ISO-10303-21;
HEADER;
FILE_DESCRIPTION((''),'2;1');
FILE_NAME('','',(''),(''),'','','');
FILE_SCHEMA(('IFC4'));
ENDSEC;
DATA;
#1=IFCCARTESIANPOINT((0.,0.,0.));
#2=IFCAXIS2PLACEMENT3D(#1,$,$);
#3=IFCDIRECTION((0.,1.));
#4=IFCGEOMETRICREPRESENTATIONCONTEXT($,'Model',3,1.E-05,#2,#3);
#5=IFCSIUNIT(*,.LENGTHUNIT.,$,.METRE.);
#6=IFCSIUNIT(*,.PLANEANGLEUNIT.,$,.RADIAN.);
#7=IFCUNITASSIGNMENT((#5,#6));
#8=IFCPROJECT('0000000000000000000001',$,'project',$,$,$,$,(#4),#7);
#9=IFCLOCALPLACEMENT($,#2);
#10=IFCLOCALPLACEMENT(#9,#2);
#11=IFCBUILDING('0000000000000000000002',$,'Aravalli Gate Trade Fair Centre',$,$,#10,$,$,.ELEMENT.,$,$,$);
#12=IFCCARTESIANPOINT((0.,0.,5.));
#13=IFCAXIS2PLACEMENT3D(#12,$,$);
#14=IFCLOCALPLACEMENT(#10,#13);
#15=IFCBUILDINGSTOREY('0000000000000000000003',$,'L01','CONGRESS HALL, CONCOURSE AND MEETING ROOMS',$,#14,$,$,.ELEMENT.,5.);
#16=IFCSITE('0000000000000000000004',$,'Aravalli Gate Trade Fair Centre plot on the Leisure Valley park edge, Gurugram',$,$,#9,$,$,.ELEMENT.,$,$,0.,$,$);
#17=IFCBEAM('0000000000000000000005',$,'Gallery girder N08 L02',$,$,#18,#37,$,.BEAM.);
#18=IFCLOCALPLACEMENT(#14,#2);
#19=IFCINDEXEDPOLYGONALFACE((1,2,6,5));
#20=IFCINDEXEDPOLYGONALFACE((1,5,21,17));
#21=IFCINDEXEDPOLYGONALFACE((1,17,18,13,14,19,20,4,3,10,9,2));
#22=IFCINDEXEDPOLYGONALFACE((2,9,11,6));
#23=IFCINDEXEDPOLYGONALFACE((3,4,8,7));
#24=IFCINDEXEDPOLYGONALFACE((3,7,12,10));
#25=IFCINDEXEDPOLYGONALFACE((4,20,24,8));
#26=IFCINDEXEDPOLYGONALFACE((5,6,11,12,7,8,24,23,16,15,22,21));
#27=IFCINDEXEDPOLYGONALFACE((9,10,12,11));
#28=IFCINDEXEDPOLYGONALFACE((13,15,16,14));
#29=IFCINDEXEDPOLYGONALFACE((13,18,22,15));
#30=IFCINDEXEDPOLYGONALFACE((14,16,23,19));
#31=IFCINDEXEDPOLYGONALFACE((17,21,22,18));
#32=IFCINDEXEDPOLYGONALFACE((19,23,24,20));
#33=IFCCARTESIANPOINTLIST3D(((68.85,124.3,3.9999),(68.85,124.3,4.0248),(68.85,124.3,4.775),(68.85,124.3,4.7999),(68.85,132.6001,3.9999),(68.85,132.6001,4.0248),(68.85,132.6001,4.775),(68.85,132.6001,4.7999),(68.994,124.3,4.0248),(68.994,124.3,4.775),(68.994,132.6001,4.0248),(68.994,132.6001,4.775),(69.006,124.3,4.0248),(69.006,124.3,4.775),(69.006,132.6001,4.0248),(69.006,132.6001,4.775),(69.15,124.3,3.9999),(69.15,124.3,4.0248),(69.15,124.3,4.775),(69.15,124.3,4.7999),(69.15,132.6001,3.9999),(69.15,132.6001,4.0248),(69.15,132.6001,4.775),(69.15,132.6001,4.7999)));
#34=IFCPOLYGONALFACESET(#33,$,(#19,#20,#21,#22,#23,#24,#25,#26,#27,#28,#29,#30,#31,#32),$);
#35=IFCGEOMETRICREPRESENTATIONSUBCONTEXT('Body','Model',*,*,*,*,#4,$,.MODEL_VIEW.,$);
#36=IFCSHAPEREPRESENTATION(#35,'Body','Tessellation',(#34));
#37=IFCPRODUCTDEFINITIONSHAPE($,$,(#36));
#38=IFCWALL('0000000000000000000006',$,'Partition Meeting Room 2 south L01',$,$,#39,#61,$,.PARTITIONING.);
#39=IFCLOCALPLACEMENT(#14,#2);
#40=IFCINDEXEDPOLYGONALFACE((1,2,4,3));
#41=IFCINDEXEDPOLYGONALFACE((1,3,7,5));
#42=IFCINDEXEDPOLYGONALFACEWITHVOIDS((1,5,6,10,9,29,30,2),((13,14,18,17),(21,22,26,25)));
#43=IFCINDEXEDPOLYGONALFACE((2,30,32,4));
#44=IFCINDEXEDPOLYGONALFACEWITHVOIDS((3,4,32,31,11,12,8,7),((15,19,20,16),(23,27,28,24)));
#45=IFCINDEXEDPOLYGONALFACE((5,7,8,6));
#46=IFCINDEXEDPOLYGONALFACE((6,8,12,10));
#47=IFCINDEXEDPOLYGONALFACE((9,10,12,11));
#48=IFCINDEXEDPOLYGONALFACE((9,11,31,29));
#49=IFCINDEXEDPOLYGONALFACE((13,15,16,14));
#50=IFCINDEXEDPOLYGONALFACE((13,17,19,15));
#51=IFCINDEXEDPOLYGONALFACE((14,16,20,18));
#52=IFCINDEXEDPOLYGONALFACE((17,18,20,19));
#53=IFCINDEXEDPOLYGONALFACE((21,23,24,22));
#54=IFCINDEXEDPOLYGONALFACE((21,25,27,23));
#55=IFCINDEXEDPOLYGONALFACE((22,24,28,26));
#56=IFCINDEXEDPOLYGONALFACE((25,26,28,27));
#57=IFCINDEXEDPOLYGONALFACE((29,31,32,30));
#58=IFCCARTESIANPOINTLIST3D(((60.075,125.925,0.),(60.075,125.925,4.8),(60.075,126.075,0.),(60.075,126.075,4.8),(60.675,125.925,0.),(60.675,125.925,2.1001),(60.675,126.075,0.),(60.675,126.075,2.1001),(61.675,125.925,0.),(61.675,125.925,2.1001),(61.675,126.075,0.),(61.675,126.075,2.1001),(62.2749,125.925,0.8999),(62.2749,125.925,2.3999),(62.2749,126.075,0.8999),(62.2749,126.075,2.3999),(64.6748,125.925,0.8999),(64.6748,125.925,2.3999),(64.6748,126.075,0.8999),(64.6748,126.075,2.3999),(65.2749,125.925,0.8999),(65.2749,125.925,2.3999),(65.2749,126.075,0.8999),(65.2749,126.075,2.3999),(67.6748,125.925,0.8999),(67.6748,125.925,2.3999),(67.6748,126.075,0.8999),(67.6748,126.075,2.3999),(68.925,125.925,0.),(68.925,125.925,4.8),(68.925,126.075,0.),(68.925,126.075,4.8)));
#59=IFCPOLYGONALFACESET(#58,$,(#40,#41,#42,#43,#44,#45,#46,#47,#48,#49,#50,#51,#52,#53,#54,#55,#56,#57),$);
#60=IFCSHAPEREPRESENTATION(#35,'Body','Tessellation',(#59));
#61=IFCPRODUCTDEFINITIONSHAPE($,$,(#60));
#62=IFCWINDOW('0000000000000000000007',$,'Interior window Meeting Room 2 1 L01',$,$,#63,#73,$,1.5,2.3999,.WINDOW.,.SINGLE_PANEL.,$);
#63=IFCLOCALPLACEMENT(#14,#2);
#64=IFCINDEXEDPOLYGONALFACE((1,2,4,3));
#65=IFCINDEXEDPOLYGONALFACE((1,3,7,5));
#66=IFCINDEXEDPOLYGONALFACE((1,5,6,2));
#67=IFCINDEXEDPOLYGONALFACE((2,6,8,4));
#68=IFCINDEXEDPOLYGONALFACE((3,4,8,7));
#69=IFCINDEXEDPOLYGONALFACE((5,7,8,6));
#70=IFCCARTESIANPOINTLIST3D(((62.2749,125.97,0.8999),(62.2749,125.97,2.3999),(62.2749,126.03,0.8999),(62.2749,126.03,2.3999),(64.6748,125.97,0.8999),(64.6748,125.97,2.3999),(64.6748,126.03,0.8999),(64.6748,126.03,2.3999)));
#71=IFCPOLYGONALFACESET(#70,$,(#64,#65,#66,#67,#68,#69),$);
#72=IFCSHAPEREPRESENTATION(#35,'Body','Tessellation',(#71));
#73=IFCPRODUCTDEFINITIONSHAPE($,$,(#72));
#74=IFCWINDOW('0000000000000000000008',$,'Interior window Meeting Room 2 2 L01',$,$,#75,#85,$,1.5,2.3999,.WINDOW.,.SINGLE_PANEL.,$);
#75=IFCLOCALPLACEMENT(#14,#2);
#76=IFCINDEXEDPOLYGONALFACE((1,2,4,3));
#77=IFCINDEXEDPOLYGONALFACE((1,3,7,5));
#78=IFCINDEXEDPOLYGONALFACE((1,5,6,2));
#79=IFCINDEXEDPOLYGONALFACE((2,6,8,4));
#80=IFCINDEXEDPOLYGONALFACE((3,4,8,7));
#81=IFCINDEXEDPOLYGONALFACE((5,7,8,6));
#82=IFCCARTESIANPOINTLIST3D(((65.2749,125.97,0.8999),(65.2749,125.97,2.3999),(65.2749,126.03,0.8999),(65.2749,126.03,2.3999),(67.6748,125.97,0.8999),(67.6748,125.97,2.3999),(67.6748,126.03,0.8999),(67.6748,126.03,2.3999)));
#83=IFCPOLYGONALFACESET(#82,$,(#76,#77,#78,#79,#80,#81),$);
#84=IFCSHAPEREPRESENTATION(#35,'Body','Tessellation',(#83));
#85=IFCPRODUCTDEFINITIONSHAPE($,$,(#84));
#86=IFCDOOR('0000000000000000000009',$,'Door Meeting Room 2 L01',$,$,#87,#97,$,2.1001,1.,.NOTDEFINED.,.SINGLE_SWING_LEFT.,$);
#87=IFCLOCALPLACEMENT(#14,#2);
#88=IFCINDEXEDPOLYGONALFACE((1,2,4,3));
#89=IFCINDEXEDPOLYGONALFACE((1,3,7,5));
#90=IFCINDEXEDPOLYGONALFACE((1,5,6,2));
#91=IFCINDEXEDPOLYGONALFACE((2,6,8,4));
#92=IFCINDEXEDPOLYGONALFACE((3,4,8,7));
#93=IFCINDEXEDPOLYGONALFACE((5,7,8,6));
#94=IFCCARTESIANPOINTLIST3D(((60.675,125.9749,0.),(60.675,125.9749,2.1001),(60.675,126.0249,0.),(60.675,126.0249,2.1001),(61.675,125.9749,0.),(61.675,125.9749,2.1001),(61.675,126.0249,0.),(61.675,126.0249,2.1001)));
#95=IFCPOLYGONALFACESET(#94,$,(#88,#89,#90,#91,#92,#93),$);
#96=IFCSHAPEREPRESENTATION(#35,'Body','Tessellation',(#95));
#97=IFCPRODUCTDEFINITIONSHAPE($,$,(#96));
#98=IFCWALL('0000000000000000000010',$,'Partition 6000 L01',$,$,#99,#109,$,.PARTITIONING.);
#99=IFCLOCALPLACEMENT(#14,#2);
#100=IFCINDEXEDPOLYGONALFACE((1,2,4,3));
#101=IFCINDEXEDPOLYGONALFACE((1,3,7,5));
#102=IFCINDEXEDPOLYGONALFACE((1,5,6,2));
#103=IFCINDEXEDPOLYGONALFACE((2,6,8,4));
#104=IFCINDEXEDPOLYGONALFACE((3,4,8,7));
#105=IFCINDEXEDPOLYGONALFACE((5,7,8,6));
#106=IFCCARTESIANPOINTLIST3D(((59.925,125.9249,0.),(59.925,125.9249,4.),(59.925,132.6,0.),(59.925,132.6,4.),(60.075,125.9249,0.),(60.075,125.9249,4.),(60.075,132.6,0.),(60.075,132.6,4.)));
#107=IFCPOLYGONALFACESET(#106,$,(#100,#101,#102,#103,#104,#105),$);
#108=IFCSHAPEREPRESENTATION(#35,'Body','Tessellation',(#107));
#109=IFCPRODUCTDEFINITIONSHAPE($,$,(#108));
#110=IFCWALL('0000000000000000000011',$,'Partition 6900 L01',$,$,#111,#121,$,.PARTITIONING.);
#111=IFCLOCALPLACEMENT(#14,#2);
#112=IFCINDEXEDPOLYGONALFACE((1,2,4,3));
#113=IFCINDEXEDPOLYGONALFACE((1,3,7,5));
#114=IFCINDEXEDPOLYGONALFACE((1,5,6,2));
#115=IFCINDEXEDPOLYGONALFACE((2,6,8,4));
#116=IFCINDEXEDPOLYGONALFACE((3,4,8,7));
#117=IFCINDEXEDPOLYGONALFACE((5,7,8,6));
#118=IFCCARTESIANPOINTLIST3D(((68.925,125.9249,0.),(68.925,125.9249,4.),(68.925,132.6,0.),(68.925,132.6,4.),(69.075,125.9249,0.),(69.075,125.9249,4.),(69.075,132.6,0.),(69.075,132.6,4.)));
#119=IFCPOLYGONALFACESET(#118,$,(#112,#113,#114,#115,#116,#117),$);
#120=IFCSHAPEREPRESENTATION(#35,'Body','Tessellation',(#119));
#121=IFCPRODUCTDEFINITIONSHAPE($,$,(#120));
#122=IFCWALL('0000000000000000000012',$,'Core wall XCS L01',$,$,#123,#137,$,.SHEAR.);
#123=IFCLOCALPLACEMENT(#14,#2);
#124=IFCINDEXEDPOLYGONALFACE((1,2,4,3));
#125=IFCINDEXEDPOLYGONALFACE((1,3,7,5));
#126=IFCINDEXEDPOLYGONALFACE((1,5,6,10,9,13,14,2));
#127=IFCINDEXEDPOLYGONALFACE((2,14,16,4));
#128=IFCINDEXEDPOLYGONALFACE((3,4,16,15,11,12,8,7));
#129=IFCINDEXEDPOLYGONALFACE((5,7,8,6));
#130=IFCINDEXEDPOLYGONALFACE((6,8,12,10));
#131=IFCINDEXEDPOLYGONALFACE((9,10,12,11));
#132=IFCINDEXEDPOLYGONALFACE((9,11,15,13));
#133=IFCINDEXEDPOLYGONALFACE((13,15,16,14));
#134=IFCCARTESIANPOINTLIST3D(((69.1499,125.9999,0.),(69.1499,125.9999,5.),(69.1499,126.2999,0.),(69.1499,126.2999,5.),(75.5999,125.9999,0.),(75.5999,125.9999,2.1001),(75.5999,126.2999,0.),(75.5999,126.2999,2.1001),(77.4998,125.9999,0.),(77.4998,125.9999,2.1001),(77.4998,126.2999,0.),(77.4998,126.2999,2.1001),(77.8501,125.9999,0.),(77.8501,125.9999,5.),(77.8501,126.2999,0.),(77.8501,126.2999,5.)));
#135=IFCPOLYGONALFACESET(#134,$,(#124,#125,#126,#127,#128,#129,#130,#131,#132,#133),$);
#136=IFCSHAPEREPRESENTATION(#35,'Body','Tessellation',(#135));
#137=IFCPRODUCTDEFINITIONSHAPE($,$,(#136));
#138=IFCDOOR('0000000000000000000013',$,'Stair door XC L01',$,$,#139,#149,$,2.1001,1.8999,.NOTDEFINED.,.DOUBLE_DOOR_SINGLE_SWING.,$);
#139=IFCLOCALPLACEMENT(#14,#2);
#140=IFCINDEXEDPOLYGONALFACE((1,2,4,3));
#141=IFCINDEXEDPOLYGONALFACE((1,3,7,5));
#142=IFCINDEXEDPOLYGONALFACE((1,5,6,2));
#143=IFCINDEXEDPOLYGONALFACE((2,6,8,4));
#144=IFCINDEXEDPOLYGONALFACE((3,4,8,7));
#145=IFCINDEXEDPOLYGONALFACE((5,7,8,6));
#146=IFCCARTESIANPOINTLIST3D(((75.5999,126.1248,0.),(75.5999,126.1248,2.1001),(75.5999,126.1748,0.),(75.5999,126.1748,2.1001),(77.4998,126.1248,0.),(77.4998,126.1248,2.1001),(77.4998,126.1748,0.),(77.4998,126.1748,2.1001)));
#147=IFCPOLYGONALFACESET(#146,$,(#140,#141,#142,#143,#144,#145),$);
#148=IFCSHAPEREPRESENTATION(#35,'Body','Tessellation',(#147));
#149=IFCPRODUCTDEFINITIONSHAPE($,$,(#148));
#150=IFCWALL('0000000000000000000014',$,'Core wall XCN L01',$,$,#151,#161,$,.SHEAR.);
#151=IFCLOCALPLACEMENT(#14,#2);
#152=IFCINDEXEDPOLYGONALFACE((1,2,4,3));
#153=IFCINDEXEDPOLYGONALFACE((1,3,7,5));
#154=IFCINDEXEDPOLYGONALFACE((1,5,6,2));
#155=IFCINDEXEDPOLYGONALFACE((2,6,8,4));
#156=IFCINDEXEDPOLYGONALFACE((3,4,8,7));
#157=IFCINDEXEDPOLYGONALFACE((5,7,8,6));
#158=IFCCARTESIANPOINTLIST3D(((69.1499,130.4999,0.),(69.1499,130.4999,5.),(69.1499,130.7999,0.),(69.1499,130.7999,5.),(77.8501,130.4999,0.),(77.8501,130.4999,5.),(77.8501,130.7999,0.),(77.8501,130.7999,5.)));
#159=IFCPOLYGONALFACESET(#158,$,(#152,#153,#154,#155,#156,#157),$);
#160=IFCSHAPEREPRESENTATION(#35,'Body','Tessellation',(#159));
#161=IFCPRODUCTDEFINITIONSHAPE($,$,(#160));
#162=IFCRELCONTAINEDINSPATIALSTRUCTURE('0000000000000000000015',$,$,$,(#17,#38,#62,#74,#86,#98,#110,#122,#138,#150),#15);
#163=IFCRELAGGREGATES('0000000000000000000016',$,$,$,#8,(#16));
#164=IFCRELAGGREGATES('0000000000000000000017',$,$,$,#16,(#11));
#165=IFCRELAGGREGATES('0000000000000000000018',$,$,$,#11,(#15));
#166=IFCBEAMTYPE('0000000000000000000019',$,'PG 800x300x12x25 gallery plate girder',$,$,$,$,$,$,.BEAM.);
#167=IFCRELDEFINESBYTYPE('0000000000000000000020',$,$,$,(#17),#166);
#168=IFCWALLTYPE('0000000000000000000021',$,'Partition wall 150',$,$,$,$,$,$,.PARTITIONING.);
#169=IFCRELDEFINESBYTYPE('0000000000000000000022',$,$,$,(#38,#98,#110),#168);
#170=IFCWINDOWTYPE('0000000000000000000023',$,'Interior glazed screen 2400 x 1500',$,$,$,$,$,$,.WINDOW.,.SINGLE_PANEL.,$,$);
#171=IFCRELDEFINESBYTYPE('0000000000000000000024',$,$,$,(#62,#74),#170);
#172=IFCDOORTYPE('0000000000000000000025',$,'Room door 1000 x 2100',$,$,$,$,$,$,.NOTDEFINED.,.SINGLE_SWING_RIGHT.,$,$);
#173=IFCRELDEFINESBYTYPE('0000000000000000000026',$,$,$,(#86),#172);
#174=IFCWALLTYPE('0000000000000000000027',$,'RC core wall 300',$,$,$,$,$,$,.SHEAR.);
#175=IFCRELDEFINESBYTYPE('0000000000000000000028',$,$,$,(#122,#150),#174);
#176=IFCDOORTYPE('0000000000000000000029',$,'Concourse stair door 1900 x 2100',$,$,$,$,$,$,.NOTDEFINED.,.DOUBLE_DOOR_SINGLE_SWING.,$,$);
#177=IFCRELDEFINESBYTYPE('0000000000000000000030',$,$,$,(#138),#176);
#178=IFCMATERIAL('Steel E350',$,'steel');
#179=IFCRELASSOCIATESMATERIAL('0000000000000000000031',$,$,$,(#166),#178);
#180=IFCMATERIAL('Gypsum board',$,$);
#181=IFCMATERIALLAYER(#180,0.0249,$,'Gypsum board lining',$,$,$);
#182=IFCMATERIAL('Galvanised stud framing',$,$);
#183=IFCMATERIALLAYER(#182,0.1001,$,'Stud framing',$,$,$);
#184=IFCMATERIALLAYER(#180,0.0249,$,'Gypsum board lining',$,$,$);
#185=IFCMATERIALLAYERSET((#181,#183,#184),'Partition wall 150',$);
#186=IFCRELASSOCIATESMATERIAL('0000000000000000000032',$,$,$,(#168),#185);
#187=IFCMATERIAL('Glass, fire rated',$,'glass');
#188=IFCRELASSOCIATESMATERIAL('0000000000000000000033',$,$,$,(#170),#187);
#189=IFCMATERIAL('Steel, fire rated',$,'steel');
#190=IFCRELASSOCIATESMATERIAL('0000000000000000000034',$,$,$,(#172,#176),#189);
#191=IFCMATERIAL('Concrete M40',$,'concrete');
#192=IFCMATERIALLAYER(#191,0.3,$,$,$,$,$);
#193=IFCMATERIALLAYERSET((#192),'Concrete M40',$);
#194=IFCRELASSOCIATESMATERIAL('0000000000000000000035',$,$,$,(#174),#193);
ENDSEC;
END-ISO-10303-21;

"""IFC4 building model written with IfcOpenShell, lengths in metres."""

from ifc_helpers import new_model, si_unit, direction, frame, frame_2d, origin, origin_2d, place, context, subcontext, project, spatial, rectangle, i_section, extrude, material, layer, layer_set, material_profile, profile_set, type_object, element, fill, save


model = new_model("IFC4")

# Units and contexts
model_context = context("Model", 3, precision=1e-05, world=origin(), true_north=direction((0.0, 1.0)))
body_context = subcontext(model_context, "Body", "Model", "MODEL_VIEW")
ifc_project = project(units=[si_unit("LENGTHUNIT", "METRE"), si_unit("PLANEANGLEUNIT", "RADIAN")], contexts=[model_context])

# Site, building, storey
site_placement = place(None, origin())
site = spatial("IfcSite", under=ifc_project, at=site_placement, Name="Aravalli Gate Trade Fair Centre plot on the Leisure Valley park edge, Gurugram", CompositionType="ELEMENT", RefElevation=0.0)
building_placement = place(site_placement, origin())
building = spatial("IfcBuilding", under=site, at=building_placement, Name="Aravalli Gate Trade Fair Centre", CompositionType="ELEMENT")
storey_placement = place(building_placement, frame((0.0, 0.0, 5.0)))
storey = spatial("IfcBuildingStorey", under=building, at=storey_placement, Name="L01", Description="CONGRESS HALL, CONCOURSE AND MEETING ROOMS", CompositionType="ELEMENT", Elevation=5.0)

# Beam
ifc_material_1 = material(Name="Steel E350", Category="steel")
ifc_material_profile_1 = material_profile(ifc_material_1, i_section(OverallWidth=0.3, OverallDepth=0.8, WebThickness=0.012, FlangeThickness=0.0249, at=origin_2d()), Name="PG 800x300x12x25")
ifc_profile_set_1 = profile_set([ifc_material_profile_1], Name="Steel E350")
beam_type_1 = type_object("IfcBeamType", Name="PG 800x300x12x25 gallery plate girder", PredefinedType="BEAM", material=ifc_profile_set_1)
for number, where, z_axis, x_axis, name in (
    (1, (69.0, 124.3, 4.3999), (0.0, 1.0, 0.0), (-1.0, 0.0, 0.0), "Gallery girder N08 L02"),
):
    element("IfcBeam", number, at=place(storey_placement, frame(where, z_axis=z_axis, x_axis=x_axis)), inside=storey, type_object=beam_type_1, Name=name, PredefinedType="BEAM", context=body_context, shape_type="SweptSolid", body=[
        extrude(i_section(OverallWidth=0.3, OverallDepth=0.8, WebThickness=0.012, FlangeThickness=0.0249, at=origin_2d()), origin(), (0.0, 0.0, 1.0), 8.3),
    ])

# Wall, openings, windows, door
ifc_material_2 = material(Name="Gypsum board")
ifc_layer_1 = layer(ifc_material_2, 0.0249, Name="Gypsum board lining")
ifc_material_3 = material(Name="Galvanised stud framing")
ifc_layer_2 = layer(ifc_material_3, 0.1001, Name="Stud framing")
ifc_layer_3 = layer(ifc_material_2, 0.0249, Name="Gypsum board lining")
ifc_layer_set_1 = layer_set([ifc_layer_1, ifc_layer_2, ifc_layer_3], Name="Partition wall 150")
wall_type_1 = type_object("IfcWallType", Name="Partition wall 150", PredefinedType="PARTITIONING", material=ifc_layer_set_1)
wall_1_placement = place(storey_placement, frame((60.075, 126.0, 0.0), z_axis=(0.0, 0.0, 1.0), x_axis=(1.0, 0.0, 0.0)))
wall_1 = element("IfcWall", 2, at=wall_1_placement, inside=storey, type_object=wall_type_1, Name="Partition Meeting Room 2 south L01", PredefinedType="PARTITIONING", context=body_context, shape_type="SweptSolid", body=[
    extrude(rectangle(XDim=8.8501, YDim=0.1499, at=frame_2d((4.425, 0.0))), origin(), (0.0, 0.0, 1.0), 4.8),
])
opening_1_placement = place(wall_1_placement, frame((0.6001, 0.0, 0.0)))
opening_1 = element("IfcOpeningElement", 3, at=opening_1_placement, cuts=wall_1, PredefinedType="OPENING", context=body_context, shape_type="SweptSolid", body=[
    extrude(rectangle(XDim=1.0, YDim=2.1001, at=frame_2d((0.5, 1.05))), frame((0.0, 0.085, 0.0), z_axis=(0.0, -1.0, 0.0), x_axis=(1.0, 0.0, 0.0)), (0.0, 0.0, 1.0), 0.1699),
])
opening_2_placement = place(wall_1_placement, frame((2.2, 0.0, 0.8999)))
opening_2 = element("IfcOpeningElement", 4, at=opening_2_placement, cuts=wall_1, PredefinedType="OPENING", context=body_context, shape_type="SweptSolid", body=[
    extrude(rectangle(XDim=2.3999, YDim=1.5, at=frame_2d((1.2, 0.75))), frame((0.0, 0.085, 0.0), z_axis=(0.0, -1.0, 0.0), x_axis=(1.0, 0.0, 0.0)), (0.0, 0.0, 1.0), 0.1699),
])
opening_3_placement = place(wall_1_placement, frame((5.2, 0.0, 0.8999)))
opening_3 = element("IfcOpeningElement", 5, at=opening_3_placement, cuts=wall_1, PredefinedType="OPENING", context=body_context, shape_type="SweptSolid", body=[
    extrude(rectangle(XDim=2.3999, YDim=1.5, at=frame_2d((1.2, 0.75))), frame((0.0, 0.085, 0.0), z_axis=(0.0, -1.0, 0.0), x_axis=(1.0, 0.0, 0.0)), (0.0, 0.0, 1.0), 0.1699),
])
ifc_material_4 = material(Name="Glass, fire rated", Category="glass")
window_type = type_object("IfcWindowType", Name="Interior glazed screen 2400 x 1500", PartitioningType="SINGLE_PANEL", PredefinedType="WINDOW", material=ifc_material_4)
window_1_placement = place(opening_2_placement, origin())
window_1 = element("IfcWindow", 6, at=window_1_placement, inside=storey, type_object=window_type, Name="Interior window Meeting Room 2 1 L01", OverallHeight=1.5, OverallWidth=2.3999, PartitioningType="SINGLE_PANEL", PredefinedType="WINDOW", context=body_context, shape_type="SweptSolid", body=[
    extrude(rectangle(XDim=2.3999, YDim=1.5, at=frame_2d((1.2, 0.75))), frame((0.0, 0.03, 0.0), z_axis=(0.0, -1.0, 0.0), x_axis=(1.0, 0.0, 0.0)), (0.0, 0.0, 1.0), 0.0601),
])
fill(opening_2, window_1)
window_2_placement = place(opening_3_placement, origin())
window_2 = element("IfcWindow", 7, at=window_2_placement, inside=storey, type_object=window_type, Name="Interior window Meeting Room 2 2 L01", OverallHeight=1.5, OverallWidth=2.3999, PartitioningType="SINGLE_PANEL", PredefinedType="WINDOW", context=body_context, shape_type="SweptSolid", body=[
    extrude(rectangle(XDim=2.3999, YDim=1.5, at=frame_2d((1.2, 0.75))), frame((0.0, 0.03, 0.0), z_axis=(0.0, -1.0, 0.0), x_axis=(1.0, 0.0, 0.0)), (0.0, 0.0, 1.0), 0.0601),
])
fill(opening_3, window_2)
ifc_material_5 = material(Name="Steel, fire rated", Category="steel")
door_type_1 = type_object("IfcDoorType", Name="Room door 1000 x 2100", OperationType="SINGLE_SWING_RIGHT", PredefinedType="NOTDEFINED", material=ifc_material_5)
door_1_placement = place(opening_1_placement, origin())
door_1 = element("IfcDoor", 8, at=door_1_placement, inside=storey, type_object=door_type_1, Name="Door Meeting Room 2 L01", OperationType="SINGLE_SWING_LEFT", OverallHeight=2.1001, OverallWidth=1.0, PredefinedType="NOTDEFINED", context=body_context, shape_type="SweptSolid", body=[
    extrude(rectangle(XDim=1.0, YDim=2.1001, at=frame_2d((0.5, 1.05))), frame((0.0, 0.0249, 0.0), z_axis=(0.0, -1.0, 0.0), x_axis=(1.0, 0.0, 0.0)), (0.0, 0.0, 1.0), 0.05),
])
fill(opening_1, door_1)

# Walls
for number, where, z_axis, x_axis, name in (
    (9, (60.0, 125.925, 0.0), (0.0, 0.0, 1.0), (0.0, 1.0, 0.0), "Partition 6000 L01"),
    (10, (69.0, 125.925, 0.0), (0.0, 0.0, 1.0), (0.0, 1.0, 0.0), "Partition 6900 L01"),
):
    element("IfcWall", number, at=place(storey_placement, frame(where, z_axis=z_axis, x_axis=x_axis)), inside=storey, type_object=wall_type_1, Name=name, PredefinedType="PARTITIONING", context=body_context, shape_type="SweptSolid", body=[
        extrude(rectangle(XDim=6.675, YDim=0.1499, at=frame_2d((3.3374, 0.0))), origin(), (0.0, 0.0, 1.0), 4.0),
    ])

# Wall, opening, door
ifc_material_6 = material(Name="Concrete M40", Category="concrete")
ifc_layer_4 = layer(ifc_material_6, 0.3)
ifc_layer_set_2 = layer_set([ifc_layer_4], Name="Concrete M40")
wall_type_2 = type_object("IfcWallType", Name="RC core wall 300", PredefinedType="SHEAR", material=ifc_layer_set_2)
wall_2_placement = place(storey_placement, frame((69.1499, 126.1499, 0.0), z_axis=(0.0, 0.0, 1.0), x_axis=(1.0, 0.0, 0.0)))
wall_2 = element("IfcWall", 11, at=wall_2_placement, inside=storey, type_object=wall_type_2, Name="Core wall XCS L01", PredefinedType="SHEAR", context=body_context, shape_type="SweptSolid", body=[
    extrude(rectangle(XDim=8.7002, YDim=0.3, at=frame_2d((4.3501, 0.0))), origin(), (0.0, 0.0, 1.0), 5.0),
])
opening_4_placement = place(wall_2_placement, frame((6.45, 0.0, 0.0)))
opening_4 = element("IfcOpeningElement", 12, at=opening_4_placement, cuts=wall_2, PredefinedType="OPENING", context=body_context, shape_type="SweptSolid", body=[
    extrude(rectangle(XDim=1.8999, YDim=2.1001, at=frame_2d((0.95, 1.05))), frame((0.0, 0.1599, 0.0), z_axis=(0.0, -1.0, 0.0), x_axis=(1.0, 0.0, 0.0)), (0.0, 0.0, 1.0), 0.3201),
])
door_type_2 = type_object("IfcDoorType", Name="Concourse stair door 1900 x 2100", OperationType="DOUBLE_DOOR_SINGLE_SWING", PredefinedType="NOTDEFINED", material=ifc_material_5)
door_2_placement = place(opening_4_placement, origin())
door_2 = element("IfcDoor", 13, at=door_2_placement, inside=storey, type_object=door_type_2, Name="Stair door XC L01", OperationType="DOUBLE_DOOR_SINGLE_SWING", OverallHeight=2.1001, OverallWidth=1.8999, PredefinedType="NOTDEFINED", context=body_context, shape_type="SweptSolid", body=[
    extrude(rectangle(XDim=1.8999, YDim=2.1001, at=frame_2d((0.95, 1.05))), frame((0.0, 0.0249, 0.0), z_axis=(0.0, -1.0, 0.0), x_axis=(1.0, 0.0, 0.0)), (0.0, 0.0, 1.0), 0.05),
])
fill(opening_4, door_2)

# Wall
wall_3_placement = place(storey_placement, frame((69.1499, 130.6499, 0.0), z_axis=(0.0, 0.0, 1.0), x_axis=(1.0, 0.0, 0.0)))
element("IfcWall", 14, at=wall_3_placement, inside=storey, type_object=wall_type_2, Name="Core wall XCN L01", PredefinedType="SHEAR", context=body_context, shape_type="SweptSolid", body=[
    extrude(rectangle(XDim=8.7002, YDim=0.3, at=frame_2d((4.3501, 0.0))), origin(), (0.0, 0.0, 1.0), 5.0),
])

save(model, "model.ifc")
